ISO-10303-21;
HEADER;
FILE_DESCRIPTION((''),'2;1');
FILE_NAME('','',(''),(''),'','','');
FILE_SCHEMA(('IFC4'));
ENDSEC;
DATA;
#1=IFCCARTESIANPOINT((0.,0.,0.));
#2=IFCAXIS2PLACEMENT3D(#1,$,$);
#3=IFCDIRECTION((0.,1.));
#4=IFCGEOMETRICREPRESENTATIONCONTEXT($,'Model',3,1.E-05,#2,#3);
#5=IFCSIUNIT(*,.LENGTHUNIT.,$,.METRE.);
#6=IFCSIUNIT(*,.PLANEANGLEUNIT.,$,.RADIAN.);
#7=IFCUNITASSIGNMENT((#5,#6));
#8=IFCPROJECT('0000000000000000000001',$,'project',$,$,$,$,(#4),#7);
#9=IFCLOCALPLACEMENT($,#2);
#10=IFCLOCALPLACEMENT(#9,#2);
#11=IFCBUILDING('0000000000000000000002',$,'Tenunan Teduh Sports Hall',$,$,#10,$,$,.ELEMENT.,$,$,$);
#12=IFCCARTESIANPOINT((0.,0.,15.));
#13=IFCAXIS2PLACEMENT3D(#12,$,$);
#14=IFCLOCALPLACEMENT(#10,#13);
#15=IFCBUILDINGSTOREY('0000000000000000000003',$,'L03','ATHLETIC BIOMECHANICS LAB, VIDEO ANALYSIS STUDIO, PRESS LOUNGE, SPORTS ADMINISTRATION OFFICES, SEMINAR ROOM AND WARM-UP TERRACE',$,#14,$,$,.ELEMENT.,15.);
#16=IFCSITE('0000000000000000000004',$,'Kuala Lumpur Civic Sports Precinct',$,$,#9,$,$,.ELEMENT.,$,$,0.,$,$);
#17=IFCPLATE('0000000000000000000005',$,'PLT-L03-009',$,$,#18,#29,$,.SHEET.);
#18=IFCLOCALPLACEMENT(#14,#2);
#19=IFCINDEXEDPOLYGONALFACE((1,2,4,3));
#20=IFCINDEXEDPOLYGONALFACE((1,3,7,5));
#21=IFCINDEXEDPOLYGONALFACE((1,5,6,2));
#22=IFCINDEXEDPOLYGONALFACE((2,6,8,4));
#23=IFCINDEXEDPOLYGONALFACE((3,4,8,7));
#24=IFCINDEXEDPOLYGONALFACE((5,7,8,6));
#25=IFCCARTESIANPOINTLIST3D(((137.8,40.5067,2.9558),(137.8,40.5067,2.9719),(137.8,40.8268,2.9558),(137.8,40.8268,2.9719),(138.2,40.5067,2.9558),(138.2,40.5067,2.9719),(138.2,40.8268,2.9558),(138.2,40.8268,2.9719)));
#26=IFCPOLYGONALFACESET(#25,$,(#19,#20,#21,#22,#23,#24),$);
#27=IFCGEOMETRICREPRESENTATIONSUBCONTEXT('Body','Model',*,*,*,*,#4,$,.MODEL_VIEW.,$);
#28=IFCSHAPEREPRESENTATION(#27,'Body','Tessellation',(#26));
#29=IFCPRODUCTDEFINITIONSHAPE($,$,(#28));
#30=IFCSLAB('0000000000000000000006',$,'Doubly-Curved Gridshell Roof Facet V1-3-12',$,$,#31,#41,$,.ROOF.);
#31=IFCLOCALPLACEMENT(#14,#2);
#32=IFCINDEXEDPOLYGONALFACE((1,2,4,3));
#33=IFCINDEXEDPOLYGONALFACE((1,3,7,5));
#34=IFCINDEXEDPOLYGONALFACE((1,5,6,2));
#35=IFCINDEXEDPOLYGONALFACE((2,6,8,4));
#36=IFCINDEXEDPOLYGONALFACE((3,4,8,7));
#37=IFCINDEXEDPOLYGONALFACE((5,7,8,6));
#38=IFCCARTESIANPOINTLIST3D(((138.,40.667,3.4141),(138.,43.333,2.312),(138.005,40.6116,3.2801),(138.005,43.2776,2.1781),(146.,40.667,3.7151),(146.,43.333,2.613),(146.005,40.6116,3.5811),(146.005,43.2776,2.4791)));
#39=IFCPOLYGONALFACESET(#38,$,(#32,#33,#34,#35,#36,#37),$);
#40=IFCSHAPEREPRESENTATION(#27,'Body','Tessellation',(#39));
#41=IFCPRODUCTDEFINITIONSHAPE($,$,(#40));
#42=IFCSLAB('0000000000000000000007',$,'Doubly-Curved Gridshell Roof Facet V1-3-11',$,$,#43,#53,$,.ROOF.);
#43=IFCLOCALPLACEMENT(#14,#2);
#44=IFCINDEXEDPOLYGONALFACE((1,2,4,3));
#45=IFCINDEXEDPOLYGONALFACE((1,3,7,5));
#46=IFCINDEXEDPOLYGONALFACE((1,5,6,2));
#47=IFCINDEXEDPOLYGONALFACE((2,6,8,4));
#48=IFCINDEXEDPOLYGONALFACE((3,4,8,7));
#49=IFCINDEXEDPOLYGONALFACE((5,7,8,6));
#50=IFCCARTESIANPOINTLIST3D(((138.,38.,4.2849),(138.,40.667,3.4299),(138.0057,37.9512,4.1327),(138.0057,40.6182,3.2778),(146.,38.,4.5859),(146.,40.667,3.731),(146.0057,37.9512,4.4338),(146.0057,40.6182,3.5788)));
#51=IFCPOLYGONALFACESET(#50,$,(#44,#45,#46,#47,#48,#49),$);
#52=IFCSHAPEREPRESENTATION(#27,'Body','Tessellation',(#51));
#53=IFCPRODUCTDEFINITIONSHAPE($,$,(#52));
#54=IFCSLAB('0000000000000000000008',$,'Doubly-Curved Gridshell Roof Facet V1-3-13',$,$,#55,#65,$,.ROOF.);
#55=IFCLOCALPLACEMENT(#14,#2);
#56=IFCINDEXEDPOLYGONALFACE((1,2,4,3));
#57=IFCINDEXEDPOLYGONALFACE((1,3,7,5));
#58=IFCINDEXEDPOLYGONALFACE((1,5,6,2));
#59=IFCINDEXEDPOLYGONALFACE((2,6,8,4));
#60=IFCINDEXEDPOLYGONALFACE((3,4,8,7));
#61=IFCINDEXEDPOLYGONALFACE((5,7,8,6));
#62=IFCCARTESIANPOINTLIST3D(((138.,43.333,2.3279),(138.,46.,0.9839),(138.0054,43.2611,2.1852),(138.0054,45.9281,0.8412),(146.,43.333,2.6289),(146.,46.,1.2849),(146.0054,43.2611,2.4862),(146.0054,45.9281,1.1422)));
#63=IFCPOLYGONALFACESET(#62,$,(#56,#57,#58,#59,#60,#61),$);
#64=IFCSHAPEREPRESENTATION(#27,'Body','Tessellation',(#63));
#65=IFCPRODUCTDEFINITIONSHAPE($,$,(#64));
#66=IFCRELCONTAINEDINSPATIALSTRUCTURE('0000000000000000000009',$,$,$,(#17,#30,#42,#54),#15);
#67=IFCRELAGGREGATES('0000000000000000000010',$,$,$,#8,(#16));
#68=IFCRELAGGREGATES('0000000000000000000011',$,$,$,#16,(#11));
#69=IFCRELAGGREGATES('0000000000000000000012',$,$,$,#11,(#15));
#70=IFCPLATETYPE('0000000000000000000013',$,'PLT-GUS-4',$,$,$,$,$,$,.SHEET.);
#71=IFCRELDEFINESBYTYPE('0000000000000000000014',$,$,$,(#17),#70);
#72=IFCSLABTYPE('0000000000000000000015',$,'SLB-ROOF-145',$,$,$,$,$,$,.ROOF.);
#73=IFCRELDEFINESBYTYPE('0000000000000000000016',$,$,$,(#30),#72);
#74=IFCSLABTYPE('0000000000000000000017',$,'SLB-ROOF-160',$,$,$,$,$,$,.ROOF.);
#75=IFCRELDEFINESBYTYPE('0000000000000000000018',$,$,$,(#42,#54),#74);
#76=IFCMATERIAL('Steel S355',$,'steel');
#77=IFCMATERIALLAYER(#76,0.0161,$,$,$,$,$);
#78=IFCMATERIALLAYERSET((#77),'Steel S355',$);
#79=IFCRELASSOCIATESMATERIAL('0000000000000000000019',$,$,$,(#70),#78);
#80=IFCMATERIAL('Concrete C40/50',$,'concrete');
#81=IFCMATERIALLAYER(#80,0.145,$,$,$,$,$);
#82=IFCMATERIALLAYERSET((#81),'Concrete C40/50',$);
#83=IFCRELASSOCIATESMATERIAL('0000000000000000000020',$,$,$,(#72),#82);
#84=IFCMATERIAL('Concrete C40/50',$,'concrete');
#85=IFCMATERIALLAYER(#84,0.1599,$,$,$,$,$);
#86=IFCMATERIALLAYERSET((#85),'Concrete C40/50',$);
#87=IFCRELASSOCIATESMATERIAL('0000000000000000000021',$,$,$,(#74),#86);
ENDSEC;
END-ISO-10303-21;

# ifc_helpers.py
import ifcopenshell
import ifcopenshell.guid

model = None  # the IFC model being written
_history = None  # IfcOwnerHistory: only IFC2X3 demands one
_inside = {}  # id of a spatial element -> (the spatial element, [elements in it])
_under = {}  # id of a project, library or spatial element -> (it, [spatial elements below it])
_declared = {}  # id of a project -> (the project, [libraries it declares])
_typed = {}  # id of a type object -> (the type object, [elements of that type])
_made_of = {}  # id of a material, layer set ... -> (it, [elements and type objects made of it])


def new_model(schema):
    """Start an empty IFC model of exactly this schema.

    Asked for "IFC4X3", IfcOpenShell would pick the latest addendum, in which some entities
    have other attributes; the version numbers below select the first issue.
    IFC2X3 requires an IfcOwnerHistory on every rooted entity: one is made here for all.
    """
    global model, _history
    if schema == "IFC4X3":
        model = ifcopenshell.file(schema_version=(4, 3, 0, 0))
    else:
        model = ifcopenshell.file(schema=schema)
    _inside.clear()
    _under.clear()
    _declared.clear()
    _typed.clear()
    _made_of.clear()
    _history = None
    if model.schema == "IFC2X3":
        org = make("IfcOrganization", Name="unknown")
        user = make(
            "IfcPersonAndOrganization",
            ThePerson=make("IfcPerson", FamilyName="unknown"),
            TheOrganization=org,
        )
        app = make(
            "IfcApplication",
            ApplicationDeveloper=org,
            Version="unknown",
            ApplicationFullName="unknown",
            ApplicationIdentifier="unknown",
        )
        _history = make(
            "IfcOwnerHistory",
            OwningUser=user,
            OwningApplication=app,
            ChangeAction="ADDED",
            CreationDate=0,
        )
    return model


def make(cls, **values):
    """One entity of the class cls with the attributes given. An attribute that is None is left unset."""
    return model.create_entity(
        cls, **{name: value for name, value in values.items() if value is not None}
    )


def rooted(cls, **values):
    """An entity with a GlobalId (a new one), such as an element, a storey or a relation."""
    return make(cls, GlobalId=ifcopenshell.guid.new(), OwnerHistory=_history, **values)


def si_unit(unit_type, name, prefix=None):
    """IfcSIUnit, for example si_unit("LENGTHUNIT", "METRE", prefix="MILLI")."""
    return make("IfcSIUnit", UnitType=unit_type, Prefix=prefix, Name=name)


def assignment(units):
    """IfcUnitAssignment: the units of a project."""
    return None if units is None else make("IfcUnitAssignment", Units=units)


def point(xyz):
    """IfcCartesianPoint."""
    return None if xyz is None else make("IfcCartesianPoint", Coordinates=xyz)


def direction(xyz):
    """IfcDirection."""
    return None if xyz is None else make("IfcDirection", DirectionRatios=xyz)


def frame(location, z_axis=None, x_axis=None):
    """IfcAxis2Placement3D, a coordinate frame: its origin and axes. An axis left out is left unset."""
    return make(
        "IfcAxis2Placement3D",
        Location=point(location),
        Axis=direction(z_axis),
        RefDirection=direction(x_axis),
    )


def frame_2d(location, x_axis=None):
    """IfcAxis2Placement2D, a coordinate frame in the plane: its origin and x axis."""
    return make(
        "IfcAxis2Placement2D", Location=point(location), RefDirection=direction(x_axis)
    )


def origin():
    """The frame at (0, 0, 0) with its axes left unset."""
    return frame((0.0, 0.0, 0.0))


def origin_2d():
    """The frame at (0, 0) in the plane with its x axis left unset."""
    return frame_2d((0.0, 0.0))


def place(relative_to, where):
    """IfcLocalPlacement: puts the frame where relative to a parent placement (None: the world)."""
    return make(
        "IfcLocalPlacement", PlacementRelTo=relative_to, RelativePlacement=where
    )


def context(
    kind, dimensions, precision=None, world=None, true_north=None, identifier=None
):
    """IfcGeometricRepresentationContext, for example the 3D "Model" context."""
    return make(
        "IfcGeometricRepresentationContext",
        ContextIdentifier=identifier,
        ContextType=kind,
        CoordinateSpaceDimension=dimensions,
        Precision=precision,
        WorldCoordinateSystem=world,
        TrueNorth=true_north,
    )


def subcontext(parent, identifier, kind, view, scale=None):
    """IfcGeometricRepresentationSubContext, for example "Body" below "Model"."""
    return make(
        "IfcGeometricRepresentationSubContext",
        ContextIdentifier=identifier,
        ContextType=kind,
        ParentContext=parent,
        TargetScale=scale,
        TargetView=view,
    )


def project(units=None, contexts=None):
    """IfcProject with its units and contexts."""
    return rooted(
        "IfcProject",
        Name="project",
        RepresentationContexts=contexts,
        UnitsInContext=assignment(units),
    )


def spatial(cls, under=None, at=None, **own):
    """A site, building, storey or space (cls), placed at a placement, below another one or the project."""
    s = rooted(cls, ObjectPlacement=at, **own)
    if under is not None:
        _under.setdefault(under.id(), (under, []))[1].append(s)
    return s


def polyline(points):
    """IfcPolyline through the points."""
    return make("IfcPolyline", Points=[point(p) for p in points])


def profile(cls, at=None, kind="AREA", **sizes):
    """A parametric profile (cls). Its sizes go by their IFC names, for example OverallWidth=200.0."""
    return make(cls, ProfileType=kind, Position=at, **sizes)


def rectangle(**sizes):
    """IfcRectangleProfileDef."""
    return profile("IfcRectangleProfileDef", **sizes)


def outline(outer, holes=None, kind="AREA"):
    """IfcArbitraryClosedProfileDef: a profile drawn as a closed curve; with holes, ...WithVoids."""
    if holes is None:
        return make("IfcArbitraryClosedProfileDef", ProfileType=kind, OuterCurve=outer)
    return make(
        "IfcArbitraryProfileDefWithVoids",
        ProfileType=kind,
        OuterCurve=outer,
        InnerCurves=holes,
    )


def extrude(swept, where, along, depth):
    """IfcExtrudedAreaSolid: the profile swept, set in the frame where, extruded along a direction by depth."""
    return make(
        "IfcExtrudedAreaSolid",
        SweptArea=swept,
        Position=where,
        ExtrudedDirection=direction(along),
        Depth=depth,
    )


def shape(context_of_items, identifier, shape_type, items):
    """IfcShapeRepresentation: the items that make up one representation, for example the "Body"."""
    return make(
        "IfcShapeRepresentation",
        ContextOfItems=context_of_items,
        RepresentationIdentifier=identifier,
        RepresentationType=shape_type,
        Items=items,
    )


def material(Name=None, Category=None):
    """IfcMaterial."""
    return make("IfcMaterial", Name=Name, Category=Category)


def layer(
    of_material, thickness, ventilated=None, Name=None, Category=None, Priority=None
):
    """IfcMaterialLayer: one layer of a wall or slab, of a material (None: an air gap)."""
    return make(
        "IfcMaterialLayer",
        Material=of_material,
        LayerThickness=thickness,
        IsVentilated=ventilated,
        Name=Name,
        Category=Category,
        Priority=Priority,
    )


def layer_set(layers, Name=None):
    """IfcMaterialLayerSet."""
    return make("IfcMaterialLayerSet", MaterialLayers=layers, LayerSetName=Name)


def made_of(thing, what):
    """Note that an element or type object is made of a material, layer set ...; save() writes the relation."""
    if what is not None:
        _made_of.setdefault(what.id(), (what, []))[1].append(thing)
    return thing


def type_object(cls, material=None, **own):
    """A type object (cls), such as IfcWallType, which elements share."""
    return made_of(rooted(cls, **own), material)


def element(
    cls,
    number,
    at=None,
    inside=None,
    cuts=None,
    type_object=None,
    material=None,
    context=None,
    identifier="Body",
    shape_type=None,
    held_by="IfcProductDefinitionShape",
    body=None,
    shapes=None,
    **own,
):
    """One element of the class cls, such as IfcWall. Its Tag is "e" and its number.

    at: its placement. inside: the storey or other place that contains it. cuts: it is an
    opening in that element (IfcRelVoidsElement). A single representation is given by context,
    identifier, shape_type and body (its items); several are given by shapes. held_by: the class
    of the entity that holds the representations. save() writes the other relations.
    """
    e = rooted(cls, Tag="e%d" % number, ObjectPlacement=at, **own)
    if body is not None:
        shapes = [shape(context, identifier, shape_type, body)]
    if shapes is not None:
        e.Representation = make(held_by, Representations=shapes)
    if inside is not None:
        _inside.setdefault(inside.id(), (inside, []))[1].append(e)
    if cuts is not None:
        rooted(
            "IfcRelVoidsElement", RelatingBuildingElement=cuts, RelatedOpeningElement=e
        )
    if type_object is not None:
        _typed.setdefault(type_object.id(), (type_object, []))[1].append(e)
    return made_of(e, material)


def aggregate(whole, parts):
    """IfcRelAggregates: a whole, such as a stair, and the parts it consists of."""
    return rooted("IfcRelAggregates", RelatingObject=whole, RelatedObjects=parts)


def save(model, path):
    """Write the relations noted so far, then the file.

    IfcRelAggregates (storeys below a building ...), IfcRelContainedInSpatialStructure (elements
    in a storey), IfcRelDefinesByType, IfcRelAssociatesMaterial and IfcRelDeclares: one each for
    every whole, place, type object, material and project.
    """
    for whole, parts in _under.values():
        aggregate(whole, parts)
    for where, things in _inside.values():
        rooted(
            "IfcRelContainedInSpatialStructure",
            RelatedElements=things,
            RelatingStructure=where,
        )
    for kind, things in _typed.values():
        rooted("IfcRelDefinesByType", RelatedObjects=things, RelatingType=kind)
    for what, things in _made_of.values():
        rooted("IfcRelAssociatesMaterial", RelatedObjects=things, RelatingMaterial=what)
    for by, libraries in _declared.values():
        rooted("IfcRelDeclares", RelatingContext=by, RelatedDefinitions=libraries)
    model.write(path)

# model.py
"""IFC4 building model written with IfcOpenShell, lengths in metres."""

from ifc_helpers import new_model, si_unit, direction, frame, origin, origin_2d, place, context, subcontext, project, spatial, polyline, rectangle, outline, extrude, material, layer, layer_set, type_object, element, save


model = new_model("IFC4")

# Units and contexts
model_context = context("Model", 3, precision=1e-05, world=origin(), true_north=direction((0.0, 1.0)))
body_context = subcontext(model_context, "Body", "Model", "MODEL_VIEW")
ifc_project = project(units=[si_unit("LENGTHUNIT", "METRE"), si_unit("PLANEANGLEUNIT", "RADIAN")], contexts=[model_context])

# Site, building, storey
site_placement = place(None, origin())
site = spatial("IfcSite", under=ifc_project, at=site_placement, Name="Kuala Lumpur Civic Sports Precinct", CompositionType="ELEMENT", RefElevation=0.0)
building_placement = place(site_placement, origin())
building = spatial("IfcBuilding", under=site, at=building_placement, Name="Tenunan Teduh Sports Hall", CompositionType="ELEMENT")
storey_placement = place(building_placement, frame((0.0, 0.0, 15.0)))
storey = spatial("IfcBuildingStorey", under=building, at=storey_placement, Name="L03", Description="ATHLETIC BIOMECHANICS LAB, VIDEO ANALYSIS STUDIO, PRESS LOUNGE, SPORTS ADMINISTRATION OFFICES, SEMINAR ROOM AND WARM-UP TERRACE", CompositionType="ELEMENT", Elevation=15.0)

# Plate
ifc_material_1 = material(Name="Steel S355", Category="steel")
ifc_layer_1 = layer(ifc_material_1, 0.0161)
ifc_layer_set_1 = layer_set([ifc_layer_1], Name="Steel S355")
plate_type = type_object("IfcPlateType", Name="PLT-GUS-4", PredefinedType="SHEET", material=ifc_layer_set_1)
plate_placement = place(storey_placement, frame((138.0, 40.6667, 2.9558), z_axis=(0.0, 0.0, 1.0), x_axis=(1.0, 0.0, 0.0)))
element("IfcPlate", 1, at=plate_placement, inside=storey, type_object=plate_type, Name="PLT-L03-009", PredefinedType="SHEET", context=body_context, shape_type="SweptSolid", body=[
    extrude(rectangle(XDim=0.3999, YDim=0.3201, at=origin_2d()), origin(), (0.0, 0.0, 1.0), 0.0161),
])

# Slabs
ifc_material_2 = material(Name="Concrete C40/50", Category="concrete")
ifc_layer_2 = layer(ifc_material_2, 0.145)
ifc_layer_set_2 = layer_set([ifc_layer_2], Name="Concrete C40/50")
slab_type_1 = type_object("IfcSlabType", Name="SLB-ROOF-145", PredefinedType="ROOF", material=ifc_layer_set_2)
slab_1_placement = place(storey_placement, frame((138.0, 40.667, 3.4141), z_axis=(-0.034753, 0.381787, 0.923597), x_axis=(0.999293, 0.0, 0.037602)))
element("IfcSlab", 2, at=slab_1_placement, inside=storey, type_object=slab_type_1, Name="Doubly-Curved Gridshell Roof Facet V1-3-12", PredefinedType="ROOF", context=body_context, shape_type="SweptSolid", body=[
    extrude(outline(polyline([(0.0, 0.0), (8.0057, 0.0), (7.9642, 2.8845), (-0.0414, 2.8845), (0.0, 0.0)])), origin(), (0.0, 0.0, -1.0), 0.145),
])
ifc_material_3 = material(Name="Concrete C40/50", Category="concrete")
ifc_layer_3 = layer(ifc_material_3, 0.1599)
ifc_layer_set_3 = layer_set([ifc_layer_3], Name="Concrete C40/50")
slab_type_2 = type_object("IfcSlabType", Name="SLB-ROOF-160", PredefinedType="ROOF", material=ifc_layer_set_3)
slab_2_placement = place(storey_placement, frame((138.0, 38.0, 4.2849), z_axis=(-0.035809, 0.30508, 0.951653), x_axis=(0.999293, 0.0, 0.037602)))
element("IfcSlab", 3, at=slab_2_placement, inside=storey, type_object=slab_type_2, Name="Doubly-Curved Gridshell Roof Facet V1-3-11", PredefinedType="ROOF", context=body_context, shape_type="SweptSolid", body=[
    extrude(outline(polyline([(0.0, 0.0), (8.0057, 0.0), (7.9735, 2.8005), (-0.0321, 2.8005), (0.0, 0.0)])), origin(), (0.0, 0.0, -1.0), 0.1599),
])
slab_3_placement = place(storey_placement, frame((138.0, 43.333, 2.3279), z_axis=(-0.033584, 0.44977, 0.892513), x_axis=(0.999293, 0.0, 0.037602)))
element("IfcSlab", 4, at=slab_3_placement, inside=storey, type_object=slab_type_2, Name="Doubly-Curved Gridshell Roof Facet V1-3-13", PredefinedType="ROOF", context=body_context, shape_type="SweptSolid", body=[
    extrude(outline(polyline([(0.0, 0.0), (8.0057, 0.0), (7.9551, 2.9861), (-0.0505, 2.9861), (0.0, 0.0)])), origin(), (0.0, 0.0, -1.0), 0.1599),
])

save(model, "model.ifc")
